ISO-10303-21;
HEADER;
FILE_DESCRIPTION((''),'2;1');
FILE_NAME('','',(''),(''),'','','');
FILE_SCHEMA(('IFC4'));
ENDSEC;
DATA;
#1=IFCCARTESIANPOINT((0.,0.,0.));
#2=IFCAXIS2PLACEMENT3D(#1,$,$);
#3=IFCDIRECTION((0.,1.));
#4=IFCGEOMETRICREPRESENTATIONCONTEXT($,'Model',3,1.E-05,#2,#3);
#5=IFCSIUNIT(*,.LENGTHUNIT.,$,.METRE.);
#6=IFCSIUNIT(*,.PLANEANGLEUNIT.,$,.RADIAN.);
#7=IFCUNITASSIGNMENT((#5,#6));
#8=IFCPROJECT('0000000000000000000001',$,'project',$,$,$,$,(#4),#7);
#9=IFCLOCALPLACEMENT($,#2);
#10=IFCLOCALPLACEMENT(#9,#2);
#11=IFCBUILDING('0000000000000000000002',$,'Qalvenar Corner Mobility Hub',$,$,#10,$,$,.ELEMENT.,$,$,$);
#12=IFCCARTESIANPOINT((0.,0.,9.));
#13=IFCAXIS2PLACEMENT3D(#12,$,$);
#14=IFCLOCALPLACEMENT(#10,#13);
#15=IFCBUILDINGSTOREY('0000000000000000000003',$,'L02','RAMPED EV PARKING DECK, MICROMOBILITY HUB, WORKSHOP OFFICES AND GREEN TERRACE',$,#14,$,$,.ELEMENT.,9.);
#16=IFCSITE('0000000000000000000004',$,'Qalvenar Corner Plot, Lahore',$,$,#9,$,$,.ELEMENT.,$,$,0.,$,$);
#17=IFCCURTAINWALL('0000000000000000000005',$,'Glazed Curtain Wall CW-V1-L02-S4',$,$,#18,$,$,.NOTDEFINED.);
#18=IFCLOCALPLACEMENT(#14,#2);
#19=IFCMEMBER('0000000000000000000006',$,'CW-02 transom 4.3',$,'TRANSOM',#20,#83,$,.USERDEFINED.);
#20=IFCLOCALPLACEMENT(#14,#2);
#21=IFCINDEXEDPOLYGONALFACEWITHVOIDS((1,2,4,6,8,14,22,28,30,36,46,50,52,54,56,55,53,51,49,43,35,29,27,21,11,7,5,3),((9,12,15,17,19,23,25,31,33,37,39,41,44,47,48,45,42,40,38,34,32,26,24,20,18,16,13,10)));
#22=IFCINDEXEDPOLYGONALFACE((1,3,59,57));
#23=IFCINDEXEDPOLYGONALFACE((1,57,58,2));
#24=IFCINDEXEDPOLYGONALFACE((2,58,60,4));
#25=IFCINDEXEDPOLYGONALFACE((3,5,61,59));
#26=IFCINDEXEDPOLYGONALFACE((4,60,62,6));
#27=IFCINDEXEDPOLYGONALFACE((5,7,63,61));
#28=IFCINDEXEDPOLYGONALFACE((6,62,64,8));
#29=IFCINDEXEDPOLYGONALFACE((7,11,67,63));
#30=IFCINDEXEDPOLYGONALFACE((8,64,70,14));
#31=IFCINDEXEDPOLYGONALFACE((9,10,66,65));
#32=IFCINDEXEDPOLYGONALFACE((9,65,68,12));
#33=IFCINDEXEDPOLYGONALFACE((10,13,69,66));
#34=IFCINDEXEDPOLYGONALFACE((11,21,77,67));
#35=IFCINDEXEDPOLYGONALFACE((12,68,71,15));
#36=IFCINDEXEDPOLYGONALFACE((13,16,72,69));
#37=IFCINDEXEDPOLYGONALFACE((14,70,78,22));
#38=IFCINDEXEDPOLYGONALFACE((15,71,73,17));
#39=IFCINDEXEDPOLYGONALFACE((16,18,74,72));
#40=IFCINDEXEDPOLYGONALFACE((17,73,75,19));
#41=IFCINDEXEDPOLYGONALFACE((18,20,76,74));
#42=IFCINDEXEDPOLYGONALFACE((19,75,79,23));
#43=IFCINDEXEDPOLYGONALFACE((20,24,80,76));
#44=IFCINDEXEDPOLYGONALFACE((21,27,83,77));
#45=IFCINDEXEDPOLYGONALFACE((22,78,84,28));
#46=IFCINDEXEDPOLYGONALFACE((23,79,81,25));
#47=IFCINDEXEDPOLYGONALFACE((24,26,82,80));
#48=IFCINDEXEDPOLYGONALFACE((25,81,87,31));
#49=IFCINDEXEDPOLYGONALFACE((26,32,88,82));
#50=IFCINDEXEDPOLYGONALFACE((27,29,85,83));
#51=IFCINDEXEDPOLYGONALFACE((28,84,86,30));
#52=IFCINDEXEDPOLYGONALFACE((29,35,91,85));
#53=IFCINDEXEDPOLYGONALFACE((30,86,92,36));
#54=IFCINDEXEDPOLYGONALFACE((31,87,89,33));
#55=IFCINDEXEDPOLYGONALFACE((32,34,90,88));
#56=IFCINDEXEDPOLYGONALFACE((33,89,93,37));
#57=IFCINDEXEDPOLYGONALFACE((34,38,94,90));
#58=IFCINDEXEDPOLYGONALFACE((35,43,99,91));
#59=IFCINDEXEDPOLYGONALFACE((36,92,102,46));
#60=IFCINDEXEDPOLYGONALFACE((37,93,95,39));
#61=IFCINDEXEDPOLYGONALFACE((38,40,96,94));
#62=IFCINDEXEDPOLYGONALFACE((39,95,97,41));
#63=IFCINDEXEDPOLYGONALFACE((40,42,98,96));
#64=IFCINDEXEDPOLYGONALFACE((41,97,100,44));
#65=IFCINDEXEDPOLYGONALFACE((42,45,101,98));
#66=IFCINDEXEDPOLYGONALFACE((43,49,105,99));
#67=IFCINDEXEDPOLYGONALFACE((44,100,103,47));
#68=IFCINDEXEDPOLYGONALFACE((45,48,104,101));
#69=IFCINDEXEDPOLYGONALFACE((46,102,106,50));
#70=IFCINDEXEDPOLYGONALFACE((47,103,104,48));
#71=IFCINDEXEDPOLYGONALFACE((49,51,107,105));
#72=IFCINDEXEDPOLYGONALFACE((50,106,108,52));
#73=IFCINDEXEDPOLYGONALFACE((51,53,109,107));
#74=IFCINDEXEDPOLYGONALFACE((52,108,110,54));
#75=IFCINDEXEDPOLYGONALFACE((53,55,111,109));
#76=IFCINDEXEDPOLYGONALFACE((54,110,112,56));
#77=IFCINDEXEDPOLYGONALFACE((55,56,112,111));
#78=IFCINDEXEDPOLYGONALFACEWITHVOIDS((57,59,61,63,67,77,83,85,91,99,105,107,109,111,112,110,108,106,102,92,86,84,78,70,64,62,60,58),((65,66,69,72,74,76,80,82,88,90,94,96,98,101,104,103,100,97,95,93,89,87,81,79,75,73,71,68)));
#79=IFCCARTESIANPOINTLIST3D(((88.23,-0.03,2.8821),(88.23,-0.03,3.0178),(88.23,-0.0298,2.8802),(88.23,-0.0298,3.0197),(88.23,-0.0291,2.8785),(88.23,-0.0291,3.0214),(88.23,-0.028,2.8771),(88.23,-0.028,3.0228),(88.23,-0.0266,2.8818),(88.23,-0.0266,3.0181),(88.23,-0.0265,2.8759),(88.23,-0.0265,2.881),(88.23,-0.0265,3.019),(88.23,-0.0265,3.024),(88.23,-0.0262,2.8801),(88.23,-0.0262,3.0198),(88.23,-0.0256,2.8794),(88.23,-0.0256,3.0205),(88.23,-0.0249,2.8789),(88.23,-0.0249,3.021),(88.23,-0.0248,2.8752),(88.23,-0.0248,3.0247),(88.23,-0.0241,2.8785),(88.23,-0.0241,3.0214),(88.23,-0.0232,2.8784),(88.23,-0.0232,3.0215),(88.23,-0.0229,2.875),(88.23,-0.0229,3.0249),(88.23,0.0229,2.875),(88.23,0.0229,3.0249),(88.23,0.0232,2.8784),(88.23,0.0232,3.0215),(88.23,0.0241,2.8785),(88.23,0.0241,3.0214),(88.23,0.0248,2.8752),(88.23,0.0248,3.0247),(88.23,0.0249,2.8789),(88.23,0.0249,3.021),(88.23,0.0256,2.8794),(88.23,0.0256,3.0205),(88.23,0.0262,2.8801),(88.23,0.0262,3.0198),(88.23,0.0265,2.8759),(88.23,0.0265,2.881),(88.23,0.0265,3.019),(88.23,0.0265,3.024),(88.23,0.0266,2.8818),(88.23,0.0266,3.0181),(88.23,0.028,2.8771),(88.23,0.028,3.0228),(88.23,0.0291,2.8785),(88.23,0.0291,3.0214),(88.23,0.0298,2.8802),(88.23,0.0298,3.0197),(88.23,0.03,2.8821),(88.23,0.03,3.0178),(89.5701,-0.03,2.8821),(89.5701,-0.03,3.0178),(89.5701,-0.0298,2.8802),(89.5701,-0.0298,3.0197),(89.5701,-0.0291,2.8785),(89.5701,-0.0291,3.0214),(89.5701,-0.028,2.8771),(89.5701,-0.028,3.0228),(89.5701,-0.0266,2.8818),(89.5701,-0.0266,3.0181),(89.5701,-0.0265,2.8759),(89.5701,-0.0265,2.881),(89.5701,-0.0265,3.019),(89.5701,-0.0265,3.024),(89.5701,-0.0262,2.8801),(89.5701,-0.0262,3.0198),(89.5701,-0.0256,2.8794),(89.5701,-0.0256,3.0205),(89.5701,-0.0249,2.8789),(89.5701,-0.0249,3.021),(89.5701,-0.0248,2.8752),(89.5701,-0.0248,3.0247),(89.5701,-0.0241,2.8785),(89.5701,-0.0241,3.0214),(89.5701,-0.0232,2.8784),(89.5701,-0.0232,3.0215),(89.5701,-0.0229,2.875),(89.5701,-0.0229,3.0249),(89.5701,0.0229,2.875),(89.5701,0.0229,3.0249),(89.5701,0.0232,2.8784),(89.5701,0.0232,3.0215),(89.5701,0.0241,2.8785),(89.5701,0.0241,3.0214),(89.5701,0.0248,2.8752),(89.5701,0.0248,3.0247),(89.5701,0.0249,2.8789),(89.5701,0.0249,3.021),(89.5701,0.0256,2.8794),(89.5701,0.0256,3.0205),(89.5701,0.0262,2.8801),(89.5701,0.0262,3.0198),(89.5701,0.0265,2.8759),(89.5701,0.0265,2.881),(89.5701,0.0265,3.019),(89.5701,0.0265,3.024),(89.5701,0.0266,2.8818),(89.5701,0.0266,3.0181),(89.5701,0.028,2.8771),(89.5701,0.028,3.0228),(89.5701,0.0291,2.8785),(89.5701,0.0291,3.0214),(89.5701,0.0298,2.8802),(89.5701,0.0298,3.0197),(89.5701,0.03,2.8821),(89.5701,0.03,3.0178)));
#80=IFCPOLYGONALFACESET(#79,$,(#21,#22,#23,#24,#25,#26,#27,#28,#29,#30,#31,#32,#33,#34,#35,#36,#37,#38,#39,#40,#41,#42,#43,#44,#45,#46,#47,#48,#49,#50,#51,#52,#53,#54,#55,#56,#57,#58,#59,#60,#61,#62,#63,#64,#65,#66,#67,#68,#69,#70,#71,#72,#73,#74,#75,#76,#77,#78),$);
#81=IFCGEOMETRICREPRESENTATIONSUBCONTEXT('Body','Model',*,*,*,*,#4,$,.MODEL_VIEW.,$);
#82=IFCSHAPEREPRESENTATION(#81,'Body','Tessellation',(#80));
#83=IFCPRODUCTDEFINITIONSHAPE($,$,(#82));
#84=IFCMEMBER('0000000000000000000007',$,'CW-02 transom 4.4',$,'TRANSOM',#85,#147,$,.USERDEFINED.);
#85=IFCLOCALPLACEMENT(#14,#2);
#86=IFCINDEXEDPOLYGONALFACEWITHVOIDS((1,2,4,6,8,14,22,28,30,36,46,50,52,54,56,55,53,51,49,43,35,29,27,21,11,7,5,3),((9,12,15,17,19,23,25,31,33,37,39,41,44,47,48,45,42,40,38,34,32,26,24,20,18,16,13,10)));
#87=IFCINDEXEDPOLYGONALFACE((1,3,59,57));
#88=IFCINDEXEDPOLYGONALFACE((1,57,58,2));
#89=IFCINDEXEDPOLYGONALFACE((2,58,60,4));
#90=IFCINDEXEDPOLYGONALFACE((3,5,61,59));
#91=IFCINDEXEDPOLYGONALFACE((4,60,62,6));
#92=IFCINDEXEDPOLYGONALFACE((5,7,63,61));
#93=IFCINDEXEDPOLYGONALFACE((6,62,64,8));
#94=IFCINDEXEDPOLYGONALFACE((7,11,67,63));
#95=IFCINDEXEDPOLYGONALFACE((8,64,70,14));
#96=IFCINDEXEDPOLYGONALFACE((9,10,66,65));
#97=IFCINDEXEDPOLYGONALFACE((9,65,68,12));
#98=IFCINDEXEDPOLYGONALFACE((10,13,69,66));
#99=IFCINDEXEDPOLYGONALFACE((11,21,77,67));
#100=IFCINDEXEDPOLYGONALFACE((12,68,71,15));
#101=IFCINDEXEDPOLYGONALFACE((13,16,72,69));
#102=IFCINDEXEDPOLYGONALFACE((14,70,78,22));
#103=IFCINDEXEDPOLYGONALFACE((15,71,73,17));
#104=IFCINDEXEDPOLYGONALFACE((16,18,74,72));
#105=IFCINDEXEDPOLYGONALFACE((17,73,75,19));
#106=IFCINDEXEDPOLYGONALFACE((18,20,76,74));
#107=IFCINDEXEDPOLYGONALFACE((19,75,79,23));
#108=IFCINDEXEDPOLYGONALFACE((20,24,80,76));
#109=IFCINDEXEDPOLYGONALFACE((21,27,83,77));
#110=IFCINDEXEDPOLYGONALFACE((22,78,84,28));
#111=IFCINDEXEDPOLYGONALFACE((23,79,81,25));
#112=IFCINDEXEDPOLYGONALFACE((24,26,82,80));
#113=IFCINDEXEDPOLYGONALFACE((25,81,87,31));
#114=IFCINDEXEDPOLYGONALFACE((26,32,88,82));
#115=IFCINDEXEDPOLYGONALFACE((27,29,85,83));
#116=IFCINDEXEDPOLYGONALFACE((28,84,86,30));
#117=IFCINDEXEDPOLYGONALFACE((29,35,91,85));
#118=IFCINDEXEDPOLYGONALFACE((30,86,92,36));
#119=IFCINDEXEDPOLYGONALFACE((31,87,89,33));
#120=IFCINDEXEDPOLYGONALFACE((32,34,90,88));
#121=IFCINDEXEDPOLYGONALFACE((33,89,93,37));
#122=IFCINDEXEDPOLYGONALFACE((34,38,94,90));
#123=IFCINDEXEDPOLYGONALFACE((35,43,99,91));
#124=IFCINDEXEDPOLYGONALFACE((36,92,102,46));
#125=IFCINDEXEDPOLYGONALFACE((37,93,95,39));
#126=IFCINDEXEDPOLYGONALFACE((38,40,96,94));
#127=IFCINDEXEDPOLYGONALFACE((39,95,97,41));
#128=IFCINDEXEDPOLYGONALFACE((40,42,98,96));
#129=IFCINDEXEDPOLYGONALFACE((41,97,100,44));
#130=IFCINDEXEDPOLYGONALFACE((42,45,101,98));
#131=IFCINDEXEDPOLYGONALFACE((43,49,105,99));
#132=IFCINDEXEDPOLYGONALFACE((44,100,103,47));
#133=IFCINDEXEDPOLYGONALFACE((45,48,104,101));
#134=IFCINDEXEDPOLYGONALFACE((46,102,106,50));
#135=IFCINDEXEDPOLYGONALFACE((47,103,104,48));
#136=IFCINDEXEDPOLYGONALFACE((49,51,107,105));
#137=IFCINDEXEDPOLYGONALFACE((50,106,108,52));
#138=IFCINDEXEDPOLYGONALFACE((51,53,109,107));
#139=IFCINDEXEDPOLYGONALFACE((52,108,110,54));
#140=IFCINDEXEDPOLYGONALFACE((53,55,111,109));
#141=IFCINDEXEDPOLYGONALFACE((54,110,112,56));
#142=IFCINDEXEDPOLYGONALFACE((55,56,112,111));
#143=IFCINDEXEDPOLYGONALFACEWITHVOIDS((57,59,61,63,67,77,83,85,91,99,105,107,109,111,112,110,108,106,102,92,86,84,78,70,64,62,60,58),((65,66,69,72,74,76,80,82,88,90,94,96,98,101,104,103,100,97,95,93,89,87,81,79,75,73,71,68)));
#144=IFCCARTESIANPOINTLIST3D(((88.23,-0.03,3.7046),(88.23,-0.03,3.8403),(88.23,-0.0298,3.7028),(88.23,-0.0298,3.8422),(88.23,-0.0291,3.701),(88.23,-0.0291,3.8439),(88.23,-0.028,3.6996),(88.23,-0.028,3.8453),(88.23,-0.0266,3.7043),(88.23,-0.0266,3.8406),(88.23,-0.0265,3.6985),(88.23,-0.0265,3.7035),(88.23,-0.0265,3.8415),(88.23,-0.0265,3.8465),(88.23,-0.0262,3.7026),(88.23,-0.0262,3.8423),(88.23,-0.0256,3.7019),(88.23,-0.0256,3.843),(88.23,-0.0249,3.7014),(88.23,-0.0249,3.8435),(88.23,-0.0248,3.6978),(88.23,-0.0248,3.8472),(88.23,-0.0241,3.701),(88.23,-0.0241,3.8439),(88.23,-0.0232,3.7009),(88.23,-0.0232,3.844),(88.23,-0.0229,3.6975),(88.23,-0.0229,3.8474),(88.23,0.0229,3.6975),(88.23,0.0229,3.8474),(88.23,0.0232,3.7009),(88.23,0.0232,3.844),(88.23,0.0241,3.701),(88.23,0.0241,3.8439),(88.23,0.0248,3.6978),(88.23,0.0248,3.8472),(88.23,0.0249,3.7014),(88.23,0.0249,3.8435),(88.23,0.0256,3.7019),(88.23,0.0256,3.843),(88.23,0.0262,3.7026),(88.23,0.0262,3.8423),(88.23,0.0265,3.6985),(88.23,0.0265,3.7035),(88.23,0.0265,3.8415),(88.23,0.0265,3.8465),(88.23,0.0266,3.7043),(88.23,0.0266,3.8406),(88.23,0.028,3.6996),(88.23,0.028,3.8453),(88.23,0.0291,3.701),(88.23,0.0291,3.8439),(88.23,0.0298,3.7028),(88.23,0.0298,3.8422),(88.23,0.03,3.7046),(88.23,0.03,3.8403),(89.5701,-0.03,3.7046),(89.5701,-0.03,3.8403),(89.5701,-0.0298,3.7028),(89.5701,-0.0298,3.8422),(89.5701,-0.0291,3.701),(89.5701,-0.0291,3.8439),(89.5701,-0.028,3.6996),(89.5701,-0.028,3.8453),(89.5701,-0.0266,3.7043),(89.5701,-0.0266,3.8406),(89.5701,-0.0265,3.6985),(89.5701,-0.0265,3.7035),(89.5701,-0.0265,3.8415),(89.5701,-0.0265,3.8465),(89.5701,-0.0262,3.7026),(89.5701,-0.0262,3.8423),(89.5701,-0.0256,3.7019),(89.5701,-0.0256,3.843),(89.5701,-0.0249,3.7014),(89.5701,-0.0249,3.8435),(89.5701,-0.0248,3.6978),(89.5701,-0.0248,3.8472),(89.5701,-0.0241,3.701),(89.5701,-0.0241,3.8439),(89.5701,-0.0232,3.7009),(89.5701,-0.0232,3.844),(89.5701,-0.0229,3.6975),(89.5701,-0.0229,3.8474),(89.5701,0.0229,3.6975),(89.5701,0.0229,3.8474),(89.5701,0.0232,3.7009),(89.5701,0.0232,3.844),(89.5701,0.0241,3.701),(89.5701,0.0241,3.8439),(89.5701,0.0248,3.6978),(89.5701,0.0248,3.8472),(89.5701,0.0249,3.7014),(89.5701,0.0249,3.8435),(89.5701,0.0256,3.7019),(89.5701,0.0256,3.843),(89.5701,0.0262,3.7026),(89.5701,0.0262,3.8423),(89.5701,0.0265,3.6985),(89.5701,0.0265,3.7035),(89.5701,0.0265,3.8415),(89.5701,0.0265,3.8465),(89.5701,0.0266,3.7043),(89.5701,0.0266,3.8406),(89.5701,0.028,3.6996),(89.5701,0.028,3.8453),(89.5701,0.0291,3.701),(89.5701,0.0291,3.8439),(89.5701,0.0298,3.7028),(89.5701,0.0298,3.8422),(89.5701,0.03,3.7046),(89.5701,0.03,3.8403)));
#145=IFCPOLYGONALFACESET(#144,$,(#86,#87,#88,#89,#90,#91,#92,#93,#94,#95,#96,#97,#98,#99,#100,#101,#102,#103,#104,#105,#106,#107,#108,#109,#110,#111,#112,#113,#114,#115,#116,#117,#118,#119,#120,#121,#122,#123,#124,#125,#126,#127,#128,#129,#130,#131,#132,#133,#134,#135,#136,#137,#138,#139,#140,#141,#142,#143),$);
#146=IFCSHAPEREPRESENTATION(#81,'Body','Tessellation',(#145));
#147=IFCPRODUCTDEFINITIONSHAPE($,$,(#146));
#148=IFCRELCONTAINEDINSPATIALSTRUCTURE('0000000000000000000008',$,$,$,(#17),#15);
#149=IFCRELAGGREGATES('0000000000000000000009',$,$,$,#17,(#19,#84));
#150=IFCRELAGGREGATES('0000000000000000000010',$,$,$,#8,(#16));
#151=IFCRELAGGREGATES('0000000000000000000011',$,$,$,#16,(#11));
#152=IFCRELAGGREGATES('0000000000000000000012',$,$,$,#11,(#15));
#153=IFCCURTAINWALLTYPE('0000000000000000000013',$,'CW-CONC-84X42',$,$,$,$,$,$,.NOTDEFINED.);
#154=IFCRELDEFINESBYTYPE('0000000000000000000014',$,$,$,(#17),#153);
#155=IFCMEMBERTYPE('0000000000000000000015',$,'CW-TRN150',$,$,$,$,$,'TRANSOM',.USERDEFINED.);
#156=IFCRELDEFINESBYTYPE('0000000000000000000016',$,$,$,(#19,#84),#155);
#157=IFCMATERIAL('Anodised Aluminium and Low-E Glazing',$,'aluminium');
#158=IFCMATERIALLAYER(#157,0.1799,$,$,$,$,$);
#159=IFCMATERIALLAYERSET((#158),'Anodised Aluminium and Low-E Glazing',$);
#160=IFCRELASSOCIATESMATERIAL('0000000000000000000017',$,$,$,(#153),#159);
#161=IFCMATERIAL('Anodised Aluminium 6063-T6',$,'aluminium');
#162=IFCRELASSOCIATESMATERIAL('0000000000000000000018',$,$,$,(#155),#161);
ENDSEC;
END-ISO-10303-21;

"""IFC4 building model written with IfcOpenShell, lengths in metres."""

from ifc_helpers import new_model, si_unit, direction, frame, origin, origin_2d, place, context, subcontext, project, spatial, hollow_rectangle, extrude, material, layer, layer_set, material_profile, profile_set, type_object, element, aggregate, save


model = new_model("IFC4")

# Units and contexts
model_context = context("Model", 3, precision=1e-05, world=origin(), true_north=direction((0.0, 1.0)))
body_context = subcontext(model_context, "Body", "Model", "MODEL_VIEW")
ifc_project = project(units=[si_unit("LENGTHUNIT", "METRE"), si_unit("PLANEANGLEUNIT", "RADIAN")], contexts=[model_context])

# Site, building, storey
site_placement = place(None, origin())
site = spatial("IfcSite", under=ifc_project, at=site_placement, Name="Qalvenar Corner Plot, Lahore", CompositionType="ELEMENT", RefElevation=0.0)
building_placement = place(site_placement, origin())
building = spatial("IfcBuilding", under=site, at=building_placement, Name="Qalvenar Corner Mobility Hub", CompositionType="ELEMENT")
storey_placement = place(building_placement, frame((0.0, 0.0, 9.0)))
storey = spatial("IfcBuildingStorey", under=building, at=storey_placement, Name="L02", Description="RAMPED EV PARKING DECK, MICROMOBILITY HUB, WORKSHOP OFFICES AND GREEN TERRACE", CompositionType="ELEMENT", Elevation=9.0)

# Curtain wall, members
ifc_material_1 = material(Name="Anodised Aluminium and Low-E Glazing", Category="aluminium")
ifc_layer_1 = layer(ifc_material_1, 0.1799)
ifc_layer_set_1 = layer_set([ifc_layer_1], Name="Anodised Aluminium and Low-E Glazing")
curtain_wall_type = type_object("IfcCurtainWallType", Name="CW-CONC-84X42", PredefinedType="NOTDEFINED", material=ifc_layer_set_1)
curtain_wall_placement = place(storey_placement, origin())
curtain_wall = element("IfcCurtainWall", 1, at=curtain_wall_placement, inside=storey, type_object=curtain_wall_type, Name="Glazed Curtain Wall CW-V1-L02-S4", PredefinedType="NOTDEFINED")
ifc_material_2 = material(Name="Anodised Aluminium 6063-T6", Category="aluminium")
ifc_material_profile_1 = material_profile(ifc_material_2, hollow_rectangle(XDim=0.0601, YDim=0.1499, WallThickness=0.0034, InnerFilletRadius=0.0034, OuterFilletRadius=0.0071, at=origin_2d()), Name="RHS150x60x3.5")
ifc_profile_set_1 = profile_set([ifc_material_profile_1], Name="Anodised Aluminium 6063-T6")
member_type_1 = type_object("IfcMemberType", Name="CW-TRN150", ElementType="TRANSOM", PredefinedType="USERDEFINED", material=ifc_profile_set_1)
member_1_placement = place(storey_placement, frame((88.23, 0.0, 2.95), z_axis=(1.0, 0.0, 0.0), x_axis=(0.0, 1.0, 0.0)))
member_1 = element("IfcMember", 2, at=member_1_placement, type_object=member_type_1, Name="CW-02 transom 4.3", ObjectType="TRANSOM", PredefinedType="USERDEFINED", context=body_context, shape_type="SweptSolid", body=[
    extrude(hollow_rectangle(XDim=0.0601, YDim=0.1499, WallThickness=0.0034, InnerFilletRadius=0.0034, OuterFilletRadius=0.0071, at=origin_2d()), origin(), (0.0, 0.0, 1.0), 1.3401),
])
member_2_placement = place(storey_placement, frame((88.23, 0.0, 3.7725), z_axis=(1.0, 0.0, 0.0), x_axis=(0.0, 1.0, 0.0)))
member_2 = element("IfcMember", 3, at=member_2_placement, type_object=member_type_1, Name="CW-02 transom 4.4", ObjectType="TRANSOM", PredefinedType="USERDEFINED", context=body_context, shape_type="SweptSolid", body=[
    extrude(hollow_rectangle(XDim=0.0601, YDim=0.1499, WallThickness=0.0034, InnerFilletRadius=0.0034, OuterFilletRadius=0.0071, at=origin_2d()), origin(), (0.0, 0.0, 1.0), 1.3401),
])
aggregate(curtain_wall, [member_1, member_2])

save(model, "model.ifc")
